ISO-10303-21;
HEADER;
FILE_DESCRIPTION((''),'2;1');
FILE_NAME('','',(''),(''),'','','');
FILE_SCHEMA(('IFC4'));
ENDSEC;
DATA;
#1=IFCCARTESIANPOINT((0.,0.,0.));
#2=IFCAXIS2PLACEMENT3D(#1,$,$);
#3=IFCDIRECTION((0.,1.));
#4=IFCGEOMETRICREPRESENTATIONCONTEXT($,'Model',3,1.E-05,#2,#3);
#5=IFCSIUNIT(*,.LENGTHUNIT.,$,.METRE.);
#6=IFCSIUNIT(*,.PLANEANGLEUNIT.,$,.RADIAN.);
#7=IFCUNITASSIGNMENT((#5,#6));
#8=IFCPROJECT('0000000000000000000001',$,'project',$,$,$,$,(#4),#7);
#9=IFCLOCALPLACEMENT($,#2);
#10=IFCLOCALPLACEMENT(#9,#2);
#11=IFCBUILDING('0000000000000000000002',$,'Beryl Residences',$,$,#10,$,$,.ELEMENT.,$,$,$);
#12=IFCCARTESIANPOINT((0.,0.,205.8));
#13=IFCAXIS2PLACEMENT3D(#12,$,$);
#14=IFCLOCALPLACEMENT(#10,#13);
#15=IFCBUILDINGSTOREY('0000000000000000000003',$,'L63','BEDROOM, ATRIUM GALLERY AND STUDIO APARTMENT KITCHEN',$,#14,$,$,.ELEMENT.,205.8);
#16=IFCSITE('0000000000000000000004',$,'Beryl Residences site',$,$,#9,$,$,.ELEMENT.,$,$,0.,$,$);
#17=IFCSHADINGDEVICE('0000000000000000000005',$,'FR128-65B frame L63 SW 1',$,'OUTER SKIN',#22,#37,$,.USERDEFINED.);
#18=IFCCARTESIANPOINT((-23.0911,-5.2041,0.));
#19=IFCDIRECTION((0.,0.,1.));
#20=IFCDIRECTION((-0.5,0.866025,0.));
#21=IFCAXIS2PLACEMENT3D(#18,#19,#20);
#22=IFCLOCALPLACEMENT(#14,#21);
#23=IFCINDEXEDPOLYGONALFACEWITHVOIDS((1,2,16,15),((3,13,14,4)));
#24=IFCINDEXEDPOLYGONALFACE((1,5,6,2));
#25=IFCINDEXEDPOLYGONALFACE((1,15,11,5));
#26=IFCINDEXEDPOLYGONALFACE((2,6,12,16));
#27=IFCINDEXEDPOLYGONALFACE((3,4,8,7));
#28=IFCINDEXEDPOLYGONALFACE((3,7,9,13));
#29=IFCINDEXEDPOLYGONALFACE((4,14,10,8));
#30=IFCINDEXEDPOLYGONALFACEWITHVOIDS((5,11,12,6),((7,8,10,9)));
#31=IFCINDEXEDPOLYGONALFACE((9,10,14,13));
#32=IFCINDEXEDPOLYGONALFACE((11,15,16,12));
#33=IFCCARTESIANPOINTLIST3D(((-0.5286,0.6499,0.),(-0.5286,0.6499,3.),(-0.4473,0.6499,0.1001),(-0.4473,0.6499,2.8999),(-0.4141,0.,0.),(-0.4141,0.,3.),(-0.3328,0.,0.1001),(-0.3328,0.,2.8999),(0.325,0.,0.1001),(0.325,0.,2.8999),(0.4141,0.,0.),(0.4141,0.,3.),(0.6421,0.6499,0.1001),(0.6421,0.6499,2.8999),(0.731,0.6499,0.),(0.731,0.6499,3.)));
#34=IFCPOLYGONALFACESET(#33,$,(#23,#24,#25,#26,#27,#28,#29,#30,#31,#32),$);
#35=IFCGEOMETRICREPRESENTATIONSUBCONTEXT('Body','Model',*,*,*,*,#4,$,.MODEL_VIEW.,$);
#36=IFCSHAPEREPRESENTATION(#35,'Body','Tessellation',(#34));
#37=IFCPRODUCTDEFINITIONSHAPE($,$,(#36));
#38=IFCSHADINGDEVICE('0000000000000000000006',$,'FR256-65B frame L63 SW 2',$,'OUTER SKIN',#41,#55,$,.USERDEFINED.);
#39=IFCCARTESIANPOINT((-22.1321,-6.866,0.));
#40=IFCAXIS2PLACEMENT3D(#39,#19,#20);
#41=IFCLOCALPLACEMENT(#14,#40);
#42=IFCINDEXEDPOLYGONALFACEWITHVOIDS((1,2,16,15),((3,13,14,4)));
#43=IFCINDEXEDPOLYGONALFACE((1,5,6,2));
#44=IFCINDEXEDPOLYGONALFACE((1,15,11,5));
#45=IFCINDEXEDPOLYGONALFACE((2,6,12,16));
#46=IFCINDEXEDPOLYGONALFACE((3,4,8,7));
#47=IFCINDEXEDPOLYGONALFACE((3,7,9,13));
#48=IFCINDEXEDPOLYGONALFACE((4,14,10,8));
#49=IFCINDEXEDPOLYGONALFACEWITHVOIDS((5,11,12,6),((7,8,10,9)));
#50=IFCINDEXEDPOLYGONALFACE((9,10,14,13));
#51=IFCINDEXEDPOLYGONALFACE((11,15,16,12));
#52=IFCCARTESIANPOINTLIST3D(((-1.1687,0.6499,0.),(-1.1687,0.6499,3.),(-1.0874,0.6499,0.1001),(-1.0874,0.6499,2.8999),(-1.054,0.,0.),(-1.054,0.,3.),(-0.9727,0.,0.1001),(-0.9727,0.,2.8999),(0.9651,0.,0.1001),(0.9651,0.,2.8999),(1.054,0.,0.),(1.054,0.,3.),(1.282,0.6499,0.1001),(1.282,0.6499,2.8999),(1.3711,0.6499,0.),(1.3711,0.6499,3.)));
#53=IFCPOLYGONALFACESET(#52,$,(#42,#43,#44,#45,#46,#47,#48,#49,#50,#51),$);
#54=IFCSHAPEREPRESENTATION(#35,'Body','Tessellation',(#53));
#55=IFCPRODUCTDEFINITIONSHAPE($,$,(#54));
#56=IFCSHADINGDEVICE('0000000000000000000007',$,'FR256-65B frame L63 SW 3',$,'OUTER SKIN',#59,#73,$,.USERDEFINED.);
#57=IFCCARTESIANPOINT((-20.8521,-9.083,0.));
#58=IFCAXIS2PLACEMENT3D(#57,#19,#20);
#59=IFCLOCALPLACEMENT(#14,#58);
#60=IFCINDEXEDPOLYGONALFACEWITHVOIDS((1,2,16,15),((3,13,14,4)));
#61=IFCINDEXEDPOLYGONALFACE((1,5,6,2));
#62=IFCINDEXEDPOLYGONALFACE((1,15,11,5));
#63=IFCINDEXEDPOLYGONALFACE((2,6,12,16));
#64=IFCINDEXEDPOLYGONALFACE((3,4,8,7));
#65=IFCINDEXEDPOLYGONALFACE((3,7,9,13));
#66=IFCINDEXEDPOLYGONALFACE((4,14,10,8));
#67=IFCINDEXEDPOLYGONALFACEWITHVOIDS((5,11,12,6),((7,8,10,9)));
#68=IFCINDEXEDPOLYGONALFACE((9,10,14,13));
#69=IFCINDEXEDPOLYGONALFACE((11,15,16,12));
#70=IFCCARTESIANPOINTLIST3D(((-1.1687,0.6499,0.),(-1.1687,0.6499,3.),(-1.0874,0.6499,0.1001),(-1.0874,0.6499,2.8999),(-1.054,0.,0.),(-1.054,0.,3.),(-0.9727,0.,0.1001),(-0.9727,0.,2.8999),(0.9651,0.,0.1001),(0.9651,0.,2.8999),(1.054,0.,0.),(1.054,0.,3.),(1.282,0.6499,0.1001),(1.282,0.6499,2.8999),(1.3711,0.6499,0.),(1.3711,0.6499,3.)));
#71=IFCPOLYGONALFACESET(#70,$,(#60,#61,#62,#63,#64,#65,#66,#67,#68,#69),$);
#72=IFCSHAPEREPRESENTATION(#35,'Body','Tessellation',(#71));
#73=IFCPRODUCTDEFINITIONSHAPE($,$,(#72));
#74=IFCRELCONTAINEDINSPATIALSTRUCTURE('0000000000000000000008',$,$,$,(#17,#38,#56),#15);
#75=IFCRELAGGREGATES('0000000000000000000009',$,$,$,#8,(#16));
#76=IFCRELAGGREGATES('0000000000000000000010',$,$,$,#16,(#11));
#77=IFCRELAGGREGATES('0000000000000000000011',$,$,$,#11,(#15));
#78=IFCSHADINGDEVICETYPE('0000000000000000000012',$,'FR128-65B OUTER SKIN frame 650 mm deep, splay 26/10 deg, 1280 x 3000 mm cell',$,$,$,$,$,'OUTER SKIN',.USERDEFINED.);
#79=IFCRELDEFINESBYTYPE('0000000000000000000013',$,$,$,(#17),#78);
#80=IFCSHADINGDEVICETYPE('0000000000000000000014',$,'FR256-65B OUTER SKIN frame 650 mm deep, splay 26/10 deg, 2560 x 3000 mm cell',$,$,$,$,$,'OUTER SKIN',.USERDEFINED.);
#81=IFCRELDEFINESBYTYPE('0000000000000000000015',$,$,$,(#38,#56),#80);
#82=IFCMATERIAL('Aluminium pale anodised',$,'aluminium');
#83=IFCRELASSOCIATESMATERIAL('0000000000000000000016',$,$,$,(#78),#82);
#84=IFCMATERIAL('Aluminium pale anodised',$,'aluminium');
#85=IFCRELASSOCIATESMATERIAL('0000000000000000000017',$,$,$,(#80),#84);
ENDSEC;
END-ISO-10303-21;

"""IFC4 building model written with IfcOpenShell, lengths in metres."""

from ifc_helpers import new_model, entity, si_unit, direction, frame, origin, place, context, subcontext, project, spatial, source, transform, mapped, material, type_object, type_shapes, element, save


model = new_model("IFC4")

# Units and contexts
model_context = context("Model", 3, precision=1e-05, world=origin(), true_north=direction((0.0, 1.0)))
body_context = subcontext(model_context, "Body", "Model", "MODEL_VIEW")
ifc_project = project(units=[si_unit("LENGTHUNIT", "METRE"), si_unit("PLANEANGLEUNIT", "RADIAN")], contexts=[model_context])

# Site, building, storey
site_placement = place(None, origin())
site = spatial("IfcSite", under=ifc_project, at=site_placement, Name="Beryl Residences site", CompositionType="ELEMENT", RefElevation=0.0)
building_placement = place(site_placement, origin())
building = spatial("IfcBuilding", under=site, at=building_placement, Name="Beryl Residences", CompositionType="ELEMENT")
storey_placement = place(building_placement, frame((0.0, 0.0, 205.8)))
storey = spatial("IfcBuildingStorey", under=building, at=storey_placement, Name="L63", Description="BEDROOM, ATRIUM GALLERY AND STUDIO APARTMENT KITCHEN", CompositionType="ELEMENT", Elevation=205.8)

# Shading devices
ifc_material_1 = material(Name="Aluminium pale anodised", Category="aluminium")
shading_device_type_1 = type_object("IfcShadingDeviceType", Name="FR128-65B OUTER SKIN frame 650 mm deep, splay 26/10 deg, 1280 x 3000 mm cell", ElementType="OUTER SKIN", PredefinedType="USERDEFINED", material=ifc_material_1)
cartesian_point_1 = entity("IfcCartesianPoint", [-0.4141, 0.0])
cartesian_point_2 = entity("IfcCartesianPoint", [-0.325, 0.1001])
cartesian_point_3 = entity("IfcCartesianPoint", [-0.731, 0.0])
cartesian_point_4 = entity("IfcCartesianPoint", [-0.6421, 0.1001])
shared_shape_1 = source(origin(), body_context, "Body", "SweptSolid", [
    entity("IfcExtrudedAreaSolidTapered", entity("IfcArbitraryProfileDefWithVoids", "AREA", None, entity("IfcPolyline", [cartesian_point_1, entity("IfcCartesianPoint", [0.4141, 0.0]), entity("IfcCartesianPoint", [0.4141, 3.0]), entity("IfcCartesianPoint", [-0.4141, 3.0]), cartesian_point_1]), [entity("IfcPolyline", [cartesian_point_2, entity("IfcCartesianPoint", [0.3328, 0.1001]), entity("IfcCartesianPoint", [0.3328, 2.8999]), entity("IfcCartesianPoint", [-0.325, 2.8999]), cartesian_point_2])]), entity("IfcAxis2Placement3D", entity("IfcCartesianPoint", [0.0, 0.0, 0.0]), entity("IfcDirection", [0.0, 1.0, 0.0]), entity("IfcDirection", [-1.0, 0.0, 0.0])), entity("IfcDirection", [0.0, 0.0, 1.0]), 0.6499, entity("IfcArbitraryProfileDefWithVoids", "AREA", None, entity("IfcPolyline", [cartesian_point_3, entity("IfcCartesianPoint", [0.5286, 0.0]), entity("IfcCartesianPoint", [0.5286, 3.0]), entity("IfcCartesianPoint", [-0.731, 3.0]), cartesian_point_3]), [entity("IfcPolyline", [cartesian_point_4, entity("IfcCartesianPoint", [0.4473, 0.1001]), entity("IfcCartesianPoint", [0.4473, 2.8999]), entity("IfcCartesianPoint", [-0.6421, 2.8999]), cartesian_point_4])])),
])
type_shapes(shading_device_type_1, [shared_shape_1])
shading_device_placement = place(storey_placement, frame((-23.0911, -5.2041, 0.0), z_axis=(0.0, 0.0, 1.0), x_axis=(-0.5, 0.866025, 0.0)))
element("IfcShadingDevice", 1, at=shading_device_placement, inside=storey, type_object=shading_device_type_1, Name="FR128-65B frame L63 SW 1", ObjectType="OUTER SKIN", PredefinedType="USERDEFINED", context=body_context, shape_type="MappedRepresentation", body=[
    mapped(shared_shape_1, transform((0.0, 0.0, 0.0))),
])
ifc_material_2 = material(Name="Aluminium pale anodised", Category="aluminium")
shading_device_type_2 = type_object("IfcShadingDeviceType", Name="FR256-65B OUTER SKIN frame 650 mm deep, splay 26/10 deg, 2560 x 3000 mm cell", ElementType="OUTER SKIN", PredefinedType="USERDEFINED", material=ifc_material_2)
cartesian_point_5 = entity("IfcCartesianPoint", [-1.054, 0.0])
cartesian_point_6 = entity("IfcCartesianPoint", [-0.9651, 0.1001])
cartesian_point_7 = entity("IfcCartesianPoint", [-1.3711, 0.0])
cartesian_point_8 = entity("IfcCartesianPoint", [-1.282, 0.1001])
shared_shape_2 = source(origin(), body_context, "Body", "SweptSolid", [
    entity("IfcExtrudedAreaSolidTapered", entity("IfcArbitraryProfileDefWithVoids", "AREA", None, entity("IfcPolyline", [cartesian_point_5, entity("IfcCartesianPoint", [1.054, 0.0]), entity("IfcCartesianPoint", [1.054, 3.0]), entity("IfcCartesianPoint", [-1.054, 3.0]), cartesian_point_5]), [entity("IfcPolyline", [cartesian_point_6, entity("IfcCartesianPoint", [0.9727, 0.1001]), entity("IfcCartesianPoint", [0.9727, 2.8999]), entity("IfcCartesianPoint", [-0.9651, 2.8999]), cartesian_point_6])]), entity("IfcAxis2Placement3D", entity("IfcCartesianPoint", [0.0, 0.0, 0.0]), entity("IfcDirection", [0.0, 1.0, 0.0]), entity("IfcDirection", [-1.0, 0.0, 0.0])), entity("IfcDirection", [0.0, 0.0, 1.0]), 0.6499, entity("IfcArbitraryProfileDefWithVoids", "AREA", None, entity("IfcPolyline", [cartesian_point_7, entity("IfcCartesianPoint", [1.1687, 0.0]), entity("IfcCartesianPoint", [1.1687, 3.0]), entity("IfcCartesianPoint", [-1.3711, 3.0]), cartesian_point_7]), [entity("IfcPolyline", [cartesian_point_8, entity("IfcCartesianPoint", [1.0874, 0.1001]), entity("IfcCartesianPoint", [1.0874, 2.8999]), entity("IfcCartesianPoint", [-1.282, 2.8999]), cartesian_point_8])])),
])
type_shapes(shading_device_type_2, [shared_shape_2])
for number, where, z_axis, x_axis, name in (
    (2, (-22.1321, -6.866, 0.0), (0.0, 0.0, 1.0), (-0.5, 0.866025, 0.0), "FR256-65B frame L63 SW 2"),
    (3, (-20.8521, -9.083, 0.0), (0.0, 0.0, 1.0), (-0.5, 0.866025, 0.0), "FR256-65B frame L63 SW 3"),
):
    element("IfcShadingDevice", number, at=place(storey_placement, frame(where, z_axis=z_axis, x_axis=x_axis)), inside=storey, type_object=shading_device_type_2, Name=name, ObjectType="OUTER SKIN", PredefinedType="USERDEFINED", context=body_context, shape_type="MappedRepresentation", body=[
        mapped(shared_shape_2, transform((0.0, 0.0, 0.0))),
    ])

save(model, "model.ifc")
